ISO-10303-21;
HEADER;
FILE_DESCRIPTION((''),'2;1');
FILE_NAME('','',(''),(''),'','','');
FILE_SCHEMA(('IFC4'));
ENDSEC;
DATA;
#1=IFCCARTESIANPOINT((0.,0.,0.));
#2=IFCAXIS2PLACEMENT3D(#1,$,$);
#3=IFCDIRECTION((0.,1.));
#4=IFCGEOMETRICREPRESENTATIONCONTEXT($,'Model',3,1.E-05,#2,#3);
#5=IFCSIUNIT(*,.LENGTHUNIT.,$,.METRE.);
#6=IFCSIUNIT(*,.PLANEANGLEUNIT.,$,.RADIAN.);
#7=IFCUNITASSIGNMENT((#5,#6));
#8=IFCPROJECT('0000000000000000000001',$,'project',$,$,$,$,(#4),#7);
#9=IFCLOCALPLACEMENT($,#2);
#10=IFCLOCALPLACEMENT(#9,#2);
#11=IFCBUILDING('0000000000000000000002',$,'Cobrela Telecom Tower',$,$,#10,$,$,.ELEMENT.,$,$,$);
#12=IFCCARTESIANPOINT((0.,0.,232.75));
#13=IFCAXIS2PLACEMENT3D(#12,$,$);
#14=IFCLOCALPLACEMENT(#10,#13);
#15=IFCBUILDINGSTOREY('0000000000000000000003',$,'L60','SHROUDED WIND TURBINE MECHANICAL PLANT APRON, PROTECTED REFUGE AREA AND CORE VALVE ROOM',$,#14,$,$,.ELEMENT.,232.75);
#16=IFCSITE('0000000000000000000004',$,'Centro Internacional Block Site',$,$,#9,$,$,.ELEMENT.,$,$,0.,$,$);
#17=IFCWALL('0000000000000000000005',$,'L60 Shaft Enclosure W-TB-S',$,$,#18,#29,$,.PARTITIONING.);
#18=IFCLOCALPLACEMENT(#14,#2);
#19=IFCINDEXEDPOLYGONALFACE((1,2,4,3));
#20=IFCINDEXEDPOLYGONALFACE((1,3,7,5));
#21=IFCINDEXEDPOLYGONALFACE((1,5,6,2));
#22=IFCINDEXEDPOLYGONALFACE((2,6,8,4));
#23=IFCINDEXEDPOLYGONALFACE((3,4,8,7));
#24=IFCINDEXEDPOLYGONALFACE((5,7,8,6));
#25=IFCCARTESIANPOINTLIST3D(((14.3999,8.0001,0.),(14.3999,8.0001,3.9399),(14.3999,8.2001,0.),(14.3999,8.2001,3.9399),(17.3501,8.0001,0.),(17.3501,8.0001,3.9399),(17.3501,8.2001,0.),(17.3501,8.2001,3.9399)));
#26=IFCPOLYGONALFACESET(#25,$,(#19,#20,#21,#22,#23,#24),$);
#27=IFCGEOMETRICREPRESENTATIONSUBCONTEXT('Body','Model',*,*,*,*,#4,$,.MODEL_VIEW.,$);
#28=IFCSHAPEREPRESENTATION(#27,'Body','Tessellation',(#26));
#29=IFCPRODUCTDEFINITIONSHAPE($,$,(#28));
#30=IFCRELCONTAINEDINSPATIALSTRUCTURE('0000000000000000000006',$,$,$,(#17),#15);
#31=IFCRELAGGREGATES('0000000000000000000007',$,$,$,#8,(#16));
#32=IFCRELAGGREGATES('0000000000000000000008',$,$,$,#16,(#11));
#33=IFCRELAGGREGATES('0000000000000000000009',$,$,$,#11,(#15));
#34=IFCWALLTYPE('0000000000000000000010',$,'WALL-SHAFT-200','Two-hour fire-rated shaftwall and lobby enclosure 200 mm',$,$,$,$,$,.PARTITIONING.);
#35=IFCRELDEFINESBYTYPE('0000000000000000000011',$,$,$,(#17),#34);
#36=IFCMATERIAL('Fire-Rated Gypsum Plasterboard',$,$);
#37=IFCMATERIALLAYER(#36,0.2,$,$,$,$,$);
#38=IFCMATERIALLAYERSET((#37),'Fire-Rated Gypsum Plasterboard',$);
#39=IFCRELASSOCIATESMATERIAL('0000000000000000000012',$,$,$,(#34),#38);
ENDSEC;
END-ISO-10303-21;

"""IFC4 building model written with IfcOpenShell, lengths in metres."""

from ifc_helpers import new_model, si_unit, direction, frame, frame_2d, origin, place, context, subcontext, project, spatial, rectangle, extrude, material, layer, layer_set, type_object, element, save


model = new_model("IFC4")

# Units and contexts
model_context = context("Model", 3, precision=1e-05, world=origin(), true_north=direction((0.0, 1.0)))
body_context = subcontext(model_context, "Body", "Model", "MODEL_VIEW")
ifc_project = project(units=[si_unit("LENGTHUNIT", "METRE"), si_unit("PLANEANGLEUNIT", "RADIAN")], contexts=[model_context])

# Site, building, storey
site_placement = place(None, origin())
site = spatial("IfcSite", under=ifc_project, at=site_placement, Name="Centro Internacional Block Site", CompositionType="ELEMENT", RefElevation=0.0)
building_placement = place(site_placement, origin())
building = spatial("IfcBuilding", under=site, at=building_placement, Name="Cobrela Telecom Tower", CompositionType="ELEMENT")
storey_placement = place(building_placement, frame((0.0, 0.0, 232.75)))
storey = spatial("IfcBuildingStorey", under=building, at=storey_placement, Name="L60", Description="SHROUDED WIND TURBINE MECHANICAL PLANT APRON, PROTECTED REFUGE AREA AND CORE VALVE ROOM", CompositionType="ELEMENT", Elevation=232.75)

# Wall
ifc_material_1 = material(Name="Fire-Rated Gypsum Plasterboard")
ifc_layer_1 = layer(ifc_material_1, 0.2)
ifc_layer_set_1 = layer_set([ifc_layer_1], Name="Fire-Rated Gypsum Plasterboard")
wall_type_1 = type_object("IfcWallType", Name="WALL-SHAFT-200", Description="Two-hour fire-rated shaftwall and lobby enclosure 200 mm", PredefinedType="PARTITIONING", material=ifc_layer_set_1)
wall_1_placement = place(storey_placement, frame((14.3999, 8.1001, 0.0), z_axis=(0.0, 0.0, 1.0), x_axis=(1.0, 0.0, 0.0)))
element("IfcWall", 1, at=wall_1_placement, inside=storey, type_object=wall_type_1, Name="L60 Shaft Enclosure W-TB-S", PredefinedType="PARTITIONING", context=body_context, shape_type="SweptSolid", body=[
    extrude(rectangle(XDim=2.9502, YDim=0.2, at=frame_2d((1.4751, 0.0))), origin(), (0.0, 0.0, 1.0), 3.9399),
])

save(model, "model.ifc")
